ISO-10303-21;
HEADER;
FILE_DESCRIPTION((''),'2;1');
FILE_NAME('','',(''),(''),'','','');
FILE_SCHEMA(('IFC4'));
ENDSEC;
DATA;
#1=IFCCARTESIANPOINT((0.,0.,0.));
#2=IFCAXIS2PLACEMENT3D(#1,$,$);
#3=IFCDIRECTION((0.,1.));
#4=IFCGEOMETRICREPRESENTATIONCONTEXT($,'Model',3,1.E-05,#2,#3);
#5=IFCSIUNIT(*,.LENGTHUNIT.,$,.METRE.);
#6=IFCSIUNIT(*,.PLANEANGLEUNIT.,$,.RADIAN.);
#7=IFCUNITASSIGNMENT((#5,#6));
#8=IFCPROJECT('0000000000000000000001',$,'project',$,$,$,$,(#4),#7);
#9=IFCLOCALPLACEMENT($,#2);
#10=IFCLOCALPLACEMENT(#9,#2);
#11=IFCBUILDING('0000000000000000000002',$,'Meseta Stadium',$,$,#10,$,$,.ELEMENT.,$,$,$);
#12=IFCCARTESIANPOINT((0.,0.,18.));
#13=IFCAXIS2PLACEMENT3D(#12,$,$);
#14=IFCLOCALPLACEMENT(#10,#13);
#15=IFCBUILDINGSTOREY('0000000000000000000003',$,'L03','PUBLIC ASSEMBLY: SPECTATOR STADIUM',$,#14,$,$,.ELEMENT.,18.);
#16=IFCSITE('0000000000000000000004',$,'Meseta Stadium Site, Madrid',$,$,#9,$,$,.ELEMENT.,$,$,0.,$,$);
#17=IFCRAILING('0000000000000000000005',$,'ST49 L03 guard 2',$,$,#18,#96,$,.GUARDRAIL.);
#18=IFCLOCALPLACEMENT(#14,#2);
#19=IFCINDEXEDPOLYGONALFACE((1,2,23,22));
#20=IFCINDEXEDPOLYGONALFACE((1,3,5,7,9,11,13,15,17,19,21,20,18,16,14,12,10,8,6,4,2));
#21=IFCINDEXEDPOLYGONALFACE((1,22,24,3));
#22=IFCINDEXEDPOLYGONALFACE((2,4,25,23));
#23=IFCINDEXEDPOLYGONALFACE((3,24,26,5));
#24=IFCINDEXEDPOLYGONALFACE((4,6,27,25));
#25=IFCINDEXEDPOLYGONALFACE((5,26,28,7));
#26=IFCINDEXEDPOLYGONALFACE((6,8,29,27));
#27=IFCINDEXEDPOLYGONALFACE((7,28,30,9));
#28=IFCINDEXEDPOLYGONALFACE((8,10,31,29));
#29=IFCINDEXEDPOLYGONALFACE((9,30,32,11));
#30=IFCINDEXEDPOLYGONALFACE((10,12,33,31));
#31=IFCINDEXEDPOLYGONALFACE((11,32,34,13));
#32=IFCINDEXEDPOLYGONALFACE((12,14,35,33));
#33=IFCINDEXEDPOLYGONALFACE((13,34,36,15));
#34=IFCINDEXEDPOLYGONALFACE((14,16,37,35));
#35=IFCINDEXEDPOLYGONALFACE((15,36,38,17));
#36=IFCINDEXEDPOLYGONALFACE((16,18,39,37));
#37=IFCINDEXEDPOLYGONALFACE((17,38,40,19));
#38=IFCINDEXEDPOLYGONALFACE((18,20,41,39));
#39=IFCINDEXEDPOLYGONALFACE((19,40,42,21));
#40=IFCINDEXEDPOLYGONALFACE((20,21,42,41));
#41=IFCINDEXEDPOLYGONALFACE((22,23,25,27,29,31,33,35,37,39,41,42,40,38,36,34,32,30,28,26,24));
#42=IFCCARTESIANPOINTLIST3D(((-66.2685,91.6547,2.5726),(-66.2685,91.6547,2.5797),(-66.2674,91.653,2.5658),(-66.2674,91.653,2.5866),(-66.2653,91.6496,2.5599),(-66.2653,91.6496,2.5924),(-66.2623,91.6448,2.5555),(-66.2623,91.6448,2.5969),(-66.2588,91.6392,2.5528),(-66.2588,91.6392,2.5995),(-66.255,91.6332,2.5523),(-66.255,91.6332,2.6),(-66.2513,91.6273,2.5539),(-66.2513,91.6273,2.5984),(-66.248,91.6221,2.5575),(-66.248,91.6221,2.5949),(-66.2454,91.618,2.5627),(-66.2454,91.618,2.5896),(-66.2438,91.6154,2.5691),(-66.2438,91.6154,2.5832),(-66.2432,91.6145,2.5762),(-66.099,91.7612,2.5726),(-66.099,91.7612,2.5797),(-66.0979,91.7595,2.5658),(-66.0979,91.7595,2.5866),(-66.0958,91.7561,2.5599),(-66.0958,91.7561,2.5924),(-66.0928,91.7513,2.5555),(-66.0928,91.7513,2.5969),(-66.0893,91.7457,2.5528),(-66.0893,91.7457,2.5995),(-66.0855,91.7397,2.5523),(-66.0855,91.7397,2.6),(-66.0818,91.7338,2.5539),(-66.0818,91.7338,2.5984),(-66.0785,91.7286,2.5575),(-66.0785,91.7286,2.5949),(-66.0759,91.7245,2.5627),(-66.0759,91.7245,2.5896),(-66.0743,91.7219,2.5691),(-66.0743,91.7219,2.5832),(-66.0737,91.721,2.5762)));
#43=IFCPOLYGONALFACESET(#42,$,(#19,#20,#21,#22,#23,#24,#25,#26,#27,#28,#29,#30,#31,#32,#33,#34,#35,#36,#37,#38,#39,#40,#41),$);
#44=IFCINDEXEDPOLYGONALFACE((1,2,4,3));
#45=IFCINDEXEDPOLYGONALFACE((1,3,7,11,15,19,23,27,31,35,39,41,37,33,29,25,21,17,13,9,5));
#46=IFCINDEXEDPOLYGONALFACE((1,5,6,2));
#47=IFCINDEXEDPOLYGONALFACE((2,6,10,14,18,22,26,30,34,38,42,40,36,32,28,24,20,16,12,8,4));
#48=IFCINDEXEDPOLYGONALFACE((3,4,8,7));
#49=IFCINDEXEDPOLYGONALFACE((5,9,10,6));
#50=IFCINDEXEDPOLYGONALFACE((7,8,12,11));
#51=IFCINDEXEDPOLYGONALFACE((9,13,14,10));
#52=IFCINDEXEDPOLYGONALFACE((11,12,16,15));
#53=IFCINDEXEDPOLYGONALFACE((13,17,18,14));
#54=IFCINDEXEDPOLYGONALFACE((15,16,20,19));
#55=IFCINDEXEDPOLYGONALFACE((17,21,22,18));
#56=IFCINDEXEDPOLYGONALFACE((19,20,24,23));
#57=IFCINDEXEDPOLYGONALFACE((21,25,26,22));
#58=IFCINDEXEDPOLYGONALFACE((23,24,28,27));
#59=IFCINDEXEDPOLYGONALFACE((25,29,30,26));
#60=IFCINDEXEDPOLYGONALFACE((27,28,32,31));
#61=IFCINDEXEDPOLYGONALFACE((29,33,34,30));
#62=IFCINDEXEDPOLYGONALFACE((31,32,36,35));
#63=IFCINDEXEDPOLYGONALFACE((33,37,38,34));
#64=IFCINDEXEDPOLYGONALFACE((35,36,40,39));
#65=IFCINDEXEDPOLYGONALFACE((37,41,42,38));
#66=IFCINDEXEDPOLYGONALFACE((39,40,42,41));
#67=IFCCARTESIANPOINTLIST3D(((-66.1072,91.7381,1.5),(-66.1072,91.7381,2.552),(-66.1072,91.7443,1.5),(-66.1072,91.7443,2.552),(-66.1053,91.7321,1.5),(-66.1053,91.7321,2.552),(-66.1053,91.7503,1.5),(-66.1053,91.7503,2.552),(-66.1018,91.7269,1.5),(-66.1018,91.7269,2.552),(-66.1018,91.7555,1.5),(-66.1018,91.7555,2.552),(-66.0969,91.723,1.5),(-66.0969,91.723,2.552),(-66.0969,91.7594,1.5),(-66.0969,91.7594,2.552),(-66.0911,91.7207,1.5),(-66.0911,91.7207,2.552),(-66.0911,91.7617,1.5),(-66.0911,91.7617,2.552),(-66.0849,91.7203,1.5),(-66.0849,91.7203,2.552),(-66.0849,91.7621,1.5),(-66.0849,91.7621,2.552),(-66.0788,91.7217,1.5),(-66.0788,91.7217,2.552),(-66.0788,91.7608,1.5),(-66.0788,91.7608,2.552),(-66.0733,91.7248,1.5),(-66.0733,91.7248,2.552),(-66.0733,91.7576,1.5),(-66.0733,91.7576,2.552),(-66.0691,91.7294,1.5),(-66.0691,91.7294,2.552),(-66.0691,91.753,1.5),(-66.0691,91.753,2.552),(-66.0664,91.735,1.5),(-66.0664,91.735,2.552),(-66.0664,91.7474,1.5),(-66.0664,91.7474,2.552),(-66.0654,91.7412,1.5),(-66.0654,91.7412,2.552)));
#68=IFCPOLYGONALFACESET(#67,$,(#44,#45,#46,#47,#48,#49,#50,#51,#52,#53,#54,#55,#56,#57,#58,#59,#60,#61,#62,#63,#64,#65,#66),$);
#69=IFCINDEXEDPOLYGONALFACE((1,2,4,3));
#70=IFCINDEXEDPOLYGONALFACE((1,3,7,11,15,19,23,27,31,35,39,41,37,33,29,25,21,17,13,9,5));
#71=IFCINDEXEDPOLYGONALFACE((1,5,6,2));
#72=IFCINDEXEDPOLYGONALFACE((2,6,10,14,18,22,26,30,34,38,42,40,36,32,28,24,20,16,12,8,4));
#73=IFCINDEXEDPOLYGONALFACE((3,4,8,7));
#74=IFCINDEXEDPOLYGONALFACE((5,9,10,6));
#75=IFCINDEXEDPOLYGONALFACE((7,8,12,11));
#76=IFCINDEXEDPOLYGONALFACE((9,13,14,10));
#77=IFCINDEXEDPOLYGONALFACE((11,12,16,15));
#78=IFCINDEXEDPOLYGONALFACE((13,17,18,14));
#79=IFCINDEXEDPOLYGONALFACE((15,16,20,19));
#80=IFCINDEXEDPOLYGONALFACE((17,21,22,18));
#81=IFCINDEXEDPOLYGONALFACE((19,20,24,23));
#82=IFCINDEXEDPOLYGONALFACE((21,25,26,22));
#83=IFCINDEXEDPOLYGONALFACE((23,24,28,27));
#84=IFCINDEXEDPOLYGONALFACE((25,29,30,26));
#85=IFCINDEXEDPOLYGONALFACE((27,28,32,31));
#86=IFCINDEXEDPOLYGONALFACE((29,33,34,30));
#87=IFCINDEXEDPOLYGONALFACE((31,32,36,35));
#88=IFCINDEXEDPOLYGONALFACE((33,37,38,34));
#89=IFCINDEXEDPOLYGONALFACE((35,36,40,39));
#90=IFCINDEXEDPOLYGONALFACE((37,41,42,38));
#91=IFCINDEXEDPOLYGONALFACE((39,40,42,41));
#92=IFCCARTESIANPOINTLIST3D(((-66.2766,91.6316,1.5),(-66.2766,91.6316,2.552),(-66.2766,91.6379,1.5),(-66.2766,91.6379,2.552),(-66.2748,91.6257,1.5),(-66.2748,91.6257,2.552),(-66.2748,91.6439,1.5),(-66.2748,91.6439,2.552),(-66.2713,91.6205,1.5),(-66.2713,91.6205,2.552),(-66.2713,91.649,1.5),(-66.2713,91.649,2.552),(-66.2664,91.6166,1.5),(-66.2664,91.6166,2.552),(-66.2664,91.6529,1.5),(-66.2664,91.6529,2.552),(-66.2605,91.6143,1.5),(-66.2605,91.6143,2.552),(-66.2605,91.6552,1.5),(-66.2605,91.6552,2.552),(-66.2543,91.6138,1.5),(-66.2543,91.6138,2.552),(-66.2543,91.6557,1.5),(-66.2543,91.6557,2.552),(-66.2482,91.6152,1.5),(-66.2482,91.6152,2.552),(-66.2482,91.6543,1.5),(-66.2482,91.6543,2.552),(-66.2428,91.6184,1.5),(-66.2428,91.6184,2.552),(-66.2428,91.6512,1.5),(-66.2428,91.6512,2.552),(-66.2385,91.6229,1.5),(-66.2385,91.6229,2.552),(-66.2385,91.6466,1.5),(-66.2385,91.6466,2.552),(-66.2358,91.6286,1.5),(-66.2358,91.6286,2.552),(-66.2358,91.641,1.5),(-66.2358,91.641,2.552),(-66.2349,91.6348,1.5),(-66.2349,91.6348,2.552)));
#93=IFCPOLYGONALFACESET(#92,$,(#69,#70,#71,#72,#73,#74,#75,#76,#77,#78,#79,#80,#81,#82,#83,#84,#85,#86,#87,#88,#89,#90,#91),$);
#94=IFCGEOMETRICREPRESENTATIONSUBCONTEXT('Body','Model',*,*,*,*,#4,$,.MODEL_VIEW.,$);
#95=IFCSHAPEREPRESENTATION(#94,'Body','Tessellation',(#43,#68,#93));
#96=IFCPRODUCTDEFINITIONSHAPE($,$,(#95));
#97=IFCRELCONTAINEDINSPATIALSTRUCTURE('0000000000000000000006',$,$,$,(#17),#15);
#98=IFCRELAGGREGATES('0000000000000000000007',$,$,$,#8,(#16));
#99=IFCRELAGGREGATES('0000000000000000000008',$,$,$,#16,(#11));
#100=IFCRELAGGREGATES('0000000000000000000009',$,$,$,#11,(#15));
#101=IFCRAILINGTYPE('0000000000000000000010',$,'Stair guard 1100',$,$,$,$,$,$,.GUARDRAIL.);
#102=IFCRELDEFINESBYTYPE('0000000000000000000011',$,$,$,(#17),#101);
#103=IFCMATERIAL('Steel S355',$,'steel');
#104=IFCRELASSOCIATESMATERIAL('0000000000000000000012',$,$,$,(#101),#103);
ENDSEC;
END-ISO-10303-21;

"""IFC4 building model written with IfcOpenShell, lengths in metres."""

from ifc_helpers import new_model, si_unit, direction, frame, origin, origin_2d, place, context, subcontext, project, spatial, circle, extrude, material, type_object, element, save


model = new_model("IFC4")

# Units and contexts
model_context = context("Model", 3, precision=1e-05, world=origin(), true_north=direction((0.0, 1.0)))
body_context = subcontext(model_context, "Body", "Model", "MODEL_VIEW")
ifc_project = project(units=[si_unit("LENGTHUNIT", "METRE"), si_unit("PLANEANGLEUNIT", "RADIAN")], contexts=[model_context])

# Site, building, storey
site_placement = place(None, origin())
site = spatial("IfcSite", under=ifc_project, at=site_placement, Name="Meseta Stadium Site, Madrid", CompositionType="ELEMENT", RefElevation=0.0)
building_placement = place(site_placement, origin())
building = spatial("IfcBuilding", under=site, at=building_placement, Name="Meseta Stadium", CompositionType="ELEMENT")
storey_placement = place(building_placement, frame((0.0, 0.0, 18.0)))
storey = spatial("IfcBuildingStorey", under=building, at=storey_placement, Name="L03", Description="PUBLIC ASSEMBLY: SPECTATOR STADIUM", CompositionType="ELEMENT", Elevation=18.0)

# Railing
ifc_material_1 = material(Name="Steel S355", Category="steel")
railing_type_1 = type_object("IfcRailingType", Name="Stair guard 1100", PredefinedType="GUARDRAIL", material=ifc_material_1)
railing_1_placement = place(storey_placement, frame((-66.0864, 91.7412, 1.5)))
element("IfcRailing", 1, at=railing_1_placement, inside=storey, type_object=railing_type_1, Name="ST49 L03 guard 2", PredefinedType="GUARDRAIL", context=body_context, shape_type="SweptSolid", body=[
    extrude(circle(Radius=0.0239, at=origin_2d()), frame((0.0, 0.0, 1.0762), z_axis=(-0.846762, -0.531972, 0.0), x_axis=(0.531972, -0.846762, 0.0)), (0.0, 0.0, 1.0), 0.2002),
    extrude(circle(Radius=0.021, at=origin_2d()), origin(), (0.0, 0.0, 1.0), 1.052),
    extrude(circle(Radius=0.021, at=origin_2d()), frame((-0.1694, -0.1064, 0.0)), (0.0, 0.0, 1.0), 1.052),
])

save(model, "model.ifc")
